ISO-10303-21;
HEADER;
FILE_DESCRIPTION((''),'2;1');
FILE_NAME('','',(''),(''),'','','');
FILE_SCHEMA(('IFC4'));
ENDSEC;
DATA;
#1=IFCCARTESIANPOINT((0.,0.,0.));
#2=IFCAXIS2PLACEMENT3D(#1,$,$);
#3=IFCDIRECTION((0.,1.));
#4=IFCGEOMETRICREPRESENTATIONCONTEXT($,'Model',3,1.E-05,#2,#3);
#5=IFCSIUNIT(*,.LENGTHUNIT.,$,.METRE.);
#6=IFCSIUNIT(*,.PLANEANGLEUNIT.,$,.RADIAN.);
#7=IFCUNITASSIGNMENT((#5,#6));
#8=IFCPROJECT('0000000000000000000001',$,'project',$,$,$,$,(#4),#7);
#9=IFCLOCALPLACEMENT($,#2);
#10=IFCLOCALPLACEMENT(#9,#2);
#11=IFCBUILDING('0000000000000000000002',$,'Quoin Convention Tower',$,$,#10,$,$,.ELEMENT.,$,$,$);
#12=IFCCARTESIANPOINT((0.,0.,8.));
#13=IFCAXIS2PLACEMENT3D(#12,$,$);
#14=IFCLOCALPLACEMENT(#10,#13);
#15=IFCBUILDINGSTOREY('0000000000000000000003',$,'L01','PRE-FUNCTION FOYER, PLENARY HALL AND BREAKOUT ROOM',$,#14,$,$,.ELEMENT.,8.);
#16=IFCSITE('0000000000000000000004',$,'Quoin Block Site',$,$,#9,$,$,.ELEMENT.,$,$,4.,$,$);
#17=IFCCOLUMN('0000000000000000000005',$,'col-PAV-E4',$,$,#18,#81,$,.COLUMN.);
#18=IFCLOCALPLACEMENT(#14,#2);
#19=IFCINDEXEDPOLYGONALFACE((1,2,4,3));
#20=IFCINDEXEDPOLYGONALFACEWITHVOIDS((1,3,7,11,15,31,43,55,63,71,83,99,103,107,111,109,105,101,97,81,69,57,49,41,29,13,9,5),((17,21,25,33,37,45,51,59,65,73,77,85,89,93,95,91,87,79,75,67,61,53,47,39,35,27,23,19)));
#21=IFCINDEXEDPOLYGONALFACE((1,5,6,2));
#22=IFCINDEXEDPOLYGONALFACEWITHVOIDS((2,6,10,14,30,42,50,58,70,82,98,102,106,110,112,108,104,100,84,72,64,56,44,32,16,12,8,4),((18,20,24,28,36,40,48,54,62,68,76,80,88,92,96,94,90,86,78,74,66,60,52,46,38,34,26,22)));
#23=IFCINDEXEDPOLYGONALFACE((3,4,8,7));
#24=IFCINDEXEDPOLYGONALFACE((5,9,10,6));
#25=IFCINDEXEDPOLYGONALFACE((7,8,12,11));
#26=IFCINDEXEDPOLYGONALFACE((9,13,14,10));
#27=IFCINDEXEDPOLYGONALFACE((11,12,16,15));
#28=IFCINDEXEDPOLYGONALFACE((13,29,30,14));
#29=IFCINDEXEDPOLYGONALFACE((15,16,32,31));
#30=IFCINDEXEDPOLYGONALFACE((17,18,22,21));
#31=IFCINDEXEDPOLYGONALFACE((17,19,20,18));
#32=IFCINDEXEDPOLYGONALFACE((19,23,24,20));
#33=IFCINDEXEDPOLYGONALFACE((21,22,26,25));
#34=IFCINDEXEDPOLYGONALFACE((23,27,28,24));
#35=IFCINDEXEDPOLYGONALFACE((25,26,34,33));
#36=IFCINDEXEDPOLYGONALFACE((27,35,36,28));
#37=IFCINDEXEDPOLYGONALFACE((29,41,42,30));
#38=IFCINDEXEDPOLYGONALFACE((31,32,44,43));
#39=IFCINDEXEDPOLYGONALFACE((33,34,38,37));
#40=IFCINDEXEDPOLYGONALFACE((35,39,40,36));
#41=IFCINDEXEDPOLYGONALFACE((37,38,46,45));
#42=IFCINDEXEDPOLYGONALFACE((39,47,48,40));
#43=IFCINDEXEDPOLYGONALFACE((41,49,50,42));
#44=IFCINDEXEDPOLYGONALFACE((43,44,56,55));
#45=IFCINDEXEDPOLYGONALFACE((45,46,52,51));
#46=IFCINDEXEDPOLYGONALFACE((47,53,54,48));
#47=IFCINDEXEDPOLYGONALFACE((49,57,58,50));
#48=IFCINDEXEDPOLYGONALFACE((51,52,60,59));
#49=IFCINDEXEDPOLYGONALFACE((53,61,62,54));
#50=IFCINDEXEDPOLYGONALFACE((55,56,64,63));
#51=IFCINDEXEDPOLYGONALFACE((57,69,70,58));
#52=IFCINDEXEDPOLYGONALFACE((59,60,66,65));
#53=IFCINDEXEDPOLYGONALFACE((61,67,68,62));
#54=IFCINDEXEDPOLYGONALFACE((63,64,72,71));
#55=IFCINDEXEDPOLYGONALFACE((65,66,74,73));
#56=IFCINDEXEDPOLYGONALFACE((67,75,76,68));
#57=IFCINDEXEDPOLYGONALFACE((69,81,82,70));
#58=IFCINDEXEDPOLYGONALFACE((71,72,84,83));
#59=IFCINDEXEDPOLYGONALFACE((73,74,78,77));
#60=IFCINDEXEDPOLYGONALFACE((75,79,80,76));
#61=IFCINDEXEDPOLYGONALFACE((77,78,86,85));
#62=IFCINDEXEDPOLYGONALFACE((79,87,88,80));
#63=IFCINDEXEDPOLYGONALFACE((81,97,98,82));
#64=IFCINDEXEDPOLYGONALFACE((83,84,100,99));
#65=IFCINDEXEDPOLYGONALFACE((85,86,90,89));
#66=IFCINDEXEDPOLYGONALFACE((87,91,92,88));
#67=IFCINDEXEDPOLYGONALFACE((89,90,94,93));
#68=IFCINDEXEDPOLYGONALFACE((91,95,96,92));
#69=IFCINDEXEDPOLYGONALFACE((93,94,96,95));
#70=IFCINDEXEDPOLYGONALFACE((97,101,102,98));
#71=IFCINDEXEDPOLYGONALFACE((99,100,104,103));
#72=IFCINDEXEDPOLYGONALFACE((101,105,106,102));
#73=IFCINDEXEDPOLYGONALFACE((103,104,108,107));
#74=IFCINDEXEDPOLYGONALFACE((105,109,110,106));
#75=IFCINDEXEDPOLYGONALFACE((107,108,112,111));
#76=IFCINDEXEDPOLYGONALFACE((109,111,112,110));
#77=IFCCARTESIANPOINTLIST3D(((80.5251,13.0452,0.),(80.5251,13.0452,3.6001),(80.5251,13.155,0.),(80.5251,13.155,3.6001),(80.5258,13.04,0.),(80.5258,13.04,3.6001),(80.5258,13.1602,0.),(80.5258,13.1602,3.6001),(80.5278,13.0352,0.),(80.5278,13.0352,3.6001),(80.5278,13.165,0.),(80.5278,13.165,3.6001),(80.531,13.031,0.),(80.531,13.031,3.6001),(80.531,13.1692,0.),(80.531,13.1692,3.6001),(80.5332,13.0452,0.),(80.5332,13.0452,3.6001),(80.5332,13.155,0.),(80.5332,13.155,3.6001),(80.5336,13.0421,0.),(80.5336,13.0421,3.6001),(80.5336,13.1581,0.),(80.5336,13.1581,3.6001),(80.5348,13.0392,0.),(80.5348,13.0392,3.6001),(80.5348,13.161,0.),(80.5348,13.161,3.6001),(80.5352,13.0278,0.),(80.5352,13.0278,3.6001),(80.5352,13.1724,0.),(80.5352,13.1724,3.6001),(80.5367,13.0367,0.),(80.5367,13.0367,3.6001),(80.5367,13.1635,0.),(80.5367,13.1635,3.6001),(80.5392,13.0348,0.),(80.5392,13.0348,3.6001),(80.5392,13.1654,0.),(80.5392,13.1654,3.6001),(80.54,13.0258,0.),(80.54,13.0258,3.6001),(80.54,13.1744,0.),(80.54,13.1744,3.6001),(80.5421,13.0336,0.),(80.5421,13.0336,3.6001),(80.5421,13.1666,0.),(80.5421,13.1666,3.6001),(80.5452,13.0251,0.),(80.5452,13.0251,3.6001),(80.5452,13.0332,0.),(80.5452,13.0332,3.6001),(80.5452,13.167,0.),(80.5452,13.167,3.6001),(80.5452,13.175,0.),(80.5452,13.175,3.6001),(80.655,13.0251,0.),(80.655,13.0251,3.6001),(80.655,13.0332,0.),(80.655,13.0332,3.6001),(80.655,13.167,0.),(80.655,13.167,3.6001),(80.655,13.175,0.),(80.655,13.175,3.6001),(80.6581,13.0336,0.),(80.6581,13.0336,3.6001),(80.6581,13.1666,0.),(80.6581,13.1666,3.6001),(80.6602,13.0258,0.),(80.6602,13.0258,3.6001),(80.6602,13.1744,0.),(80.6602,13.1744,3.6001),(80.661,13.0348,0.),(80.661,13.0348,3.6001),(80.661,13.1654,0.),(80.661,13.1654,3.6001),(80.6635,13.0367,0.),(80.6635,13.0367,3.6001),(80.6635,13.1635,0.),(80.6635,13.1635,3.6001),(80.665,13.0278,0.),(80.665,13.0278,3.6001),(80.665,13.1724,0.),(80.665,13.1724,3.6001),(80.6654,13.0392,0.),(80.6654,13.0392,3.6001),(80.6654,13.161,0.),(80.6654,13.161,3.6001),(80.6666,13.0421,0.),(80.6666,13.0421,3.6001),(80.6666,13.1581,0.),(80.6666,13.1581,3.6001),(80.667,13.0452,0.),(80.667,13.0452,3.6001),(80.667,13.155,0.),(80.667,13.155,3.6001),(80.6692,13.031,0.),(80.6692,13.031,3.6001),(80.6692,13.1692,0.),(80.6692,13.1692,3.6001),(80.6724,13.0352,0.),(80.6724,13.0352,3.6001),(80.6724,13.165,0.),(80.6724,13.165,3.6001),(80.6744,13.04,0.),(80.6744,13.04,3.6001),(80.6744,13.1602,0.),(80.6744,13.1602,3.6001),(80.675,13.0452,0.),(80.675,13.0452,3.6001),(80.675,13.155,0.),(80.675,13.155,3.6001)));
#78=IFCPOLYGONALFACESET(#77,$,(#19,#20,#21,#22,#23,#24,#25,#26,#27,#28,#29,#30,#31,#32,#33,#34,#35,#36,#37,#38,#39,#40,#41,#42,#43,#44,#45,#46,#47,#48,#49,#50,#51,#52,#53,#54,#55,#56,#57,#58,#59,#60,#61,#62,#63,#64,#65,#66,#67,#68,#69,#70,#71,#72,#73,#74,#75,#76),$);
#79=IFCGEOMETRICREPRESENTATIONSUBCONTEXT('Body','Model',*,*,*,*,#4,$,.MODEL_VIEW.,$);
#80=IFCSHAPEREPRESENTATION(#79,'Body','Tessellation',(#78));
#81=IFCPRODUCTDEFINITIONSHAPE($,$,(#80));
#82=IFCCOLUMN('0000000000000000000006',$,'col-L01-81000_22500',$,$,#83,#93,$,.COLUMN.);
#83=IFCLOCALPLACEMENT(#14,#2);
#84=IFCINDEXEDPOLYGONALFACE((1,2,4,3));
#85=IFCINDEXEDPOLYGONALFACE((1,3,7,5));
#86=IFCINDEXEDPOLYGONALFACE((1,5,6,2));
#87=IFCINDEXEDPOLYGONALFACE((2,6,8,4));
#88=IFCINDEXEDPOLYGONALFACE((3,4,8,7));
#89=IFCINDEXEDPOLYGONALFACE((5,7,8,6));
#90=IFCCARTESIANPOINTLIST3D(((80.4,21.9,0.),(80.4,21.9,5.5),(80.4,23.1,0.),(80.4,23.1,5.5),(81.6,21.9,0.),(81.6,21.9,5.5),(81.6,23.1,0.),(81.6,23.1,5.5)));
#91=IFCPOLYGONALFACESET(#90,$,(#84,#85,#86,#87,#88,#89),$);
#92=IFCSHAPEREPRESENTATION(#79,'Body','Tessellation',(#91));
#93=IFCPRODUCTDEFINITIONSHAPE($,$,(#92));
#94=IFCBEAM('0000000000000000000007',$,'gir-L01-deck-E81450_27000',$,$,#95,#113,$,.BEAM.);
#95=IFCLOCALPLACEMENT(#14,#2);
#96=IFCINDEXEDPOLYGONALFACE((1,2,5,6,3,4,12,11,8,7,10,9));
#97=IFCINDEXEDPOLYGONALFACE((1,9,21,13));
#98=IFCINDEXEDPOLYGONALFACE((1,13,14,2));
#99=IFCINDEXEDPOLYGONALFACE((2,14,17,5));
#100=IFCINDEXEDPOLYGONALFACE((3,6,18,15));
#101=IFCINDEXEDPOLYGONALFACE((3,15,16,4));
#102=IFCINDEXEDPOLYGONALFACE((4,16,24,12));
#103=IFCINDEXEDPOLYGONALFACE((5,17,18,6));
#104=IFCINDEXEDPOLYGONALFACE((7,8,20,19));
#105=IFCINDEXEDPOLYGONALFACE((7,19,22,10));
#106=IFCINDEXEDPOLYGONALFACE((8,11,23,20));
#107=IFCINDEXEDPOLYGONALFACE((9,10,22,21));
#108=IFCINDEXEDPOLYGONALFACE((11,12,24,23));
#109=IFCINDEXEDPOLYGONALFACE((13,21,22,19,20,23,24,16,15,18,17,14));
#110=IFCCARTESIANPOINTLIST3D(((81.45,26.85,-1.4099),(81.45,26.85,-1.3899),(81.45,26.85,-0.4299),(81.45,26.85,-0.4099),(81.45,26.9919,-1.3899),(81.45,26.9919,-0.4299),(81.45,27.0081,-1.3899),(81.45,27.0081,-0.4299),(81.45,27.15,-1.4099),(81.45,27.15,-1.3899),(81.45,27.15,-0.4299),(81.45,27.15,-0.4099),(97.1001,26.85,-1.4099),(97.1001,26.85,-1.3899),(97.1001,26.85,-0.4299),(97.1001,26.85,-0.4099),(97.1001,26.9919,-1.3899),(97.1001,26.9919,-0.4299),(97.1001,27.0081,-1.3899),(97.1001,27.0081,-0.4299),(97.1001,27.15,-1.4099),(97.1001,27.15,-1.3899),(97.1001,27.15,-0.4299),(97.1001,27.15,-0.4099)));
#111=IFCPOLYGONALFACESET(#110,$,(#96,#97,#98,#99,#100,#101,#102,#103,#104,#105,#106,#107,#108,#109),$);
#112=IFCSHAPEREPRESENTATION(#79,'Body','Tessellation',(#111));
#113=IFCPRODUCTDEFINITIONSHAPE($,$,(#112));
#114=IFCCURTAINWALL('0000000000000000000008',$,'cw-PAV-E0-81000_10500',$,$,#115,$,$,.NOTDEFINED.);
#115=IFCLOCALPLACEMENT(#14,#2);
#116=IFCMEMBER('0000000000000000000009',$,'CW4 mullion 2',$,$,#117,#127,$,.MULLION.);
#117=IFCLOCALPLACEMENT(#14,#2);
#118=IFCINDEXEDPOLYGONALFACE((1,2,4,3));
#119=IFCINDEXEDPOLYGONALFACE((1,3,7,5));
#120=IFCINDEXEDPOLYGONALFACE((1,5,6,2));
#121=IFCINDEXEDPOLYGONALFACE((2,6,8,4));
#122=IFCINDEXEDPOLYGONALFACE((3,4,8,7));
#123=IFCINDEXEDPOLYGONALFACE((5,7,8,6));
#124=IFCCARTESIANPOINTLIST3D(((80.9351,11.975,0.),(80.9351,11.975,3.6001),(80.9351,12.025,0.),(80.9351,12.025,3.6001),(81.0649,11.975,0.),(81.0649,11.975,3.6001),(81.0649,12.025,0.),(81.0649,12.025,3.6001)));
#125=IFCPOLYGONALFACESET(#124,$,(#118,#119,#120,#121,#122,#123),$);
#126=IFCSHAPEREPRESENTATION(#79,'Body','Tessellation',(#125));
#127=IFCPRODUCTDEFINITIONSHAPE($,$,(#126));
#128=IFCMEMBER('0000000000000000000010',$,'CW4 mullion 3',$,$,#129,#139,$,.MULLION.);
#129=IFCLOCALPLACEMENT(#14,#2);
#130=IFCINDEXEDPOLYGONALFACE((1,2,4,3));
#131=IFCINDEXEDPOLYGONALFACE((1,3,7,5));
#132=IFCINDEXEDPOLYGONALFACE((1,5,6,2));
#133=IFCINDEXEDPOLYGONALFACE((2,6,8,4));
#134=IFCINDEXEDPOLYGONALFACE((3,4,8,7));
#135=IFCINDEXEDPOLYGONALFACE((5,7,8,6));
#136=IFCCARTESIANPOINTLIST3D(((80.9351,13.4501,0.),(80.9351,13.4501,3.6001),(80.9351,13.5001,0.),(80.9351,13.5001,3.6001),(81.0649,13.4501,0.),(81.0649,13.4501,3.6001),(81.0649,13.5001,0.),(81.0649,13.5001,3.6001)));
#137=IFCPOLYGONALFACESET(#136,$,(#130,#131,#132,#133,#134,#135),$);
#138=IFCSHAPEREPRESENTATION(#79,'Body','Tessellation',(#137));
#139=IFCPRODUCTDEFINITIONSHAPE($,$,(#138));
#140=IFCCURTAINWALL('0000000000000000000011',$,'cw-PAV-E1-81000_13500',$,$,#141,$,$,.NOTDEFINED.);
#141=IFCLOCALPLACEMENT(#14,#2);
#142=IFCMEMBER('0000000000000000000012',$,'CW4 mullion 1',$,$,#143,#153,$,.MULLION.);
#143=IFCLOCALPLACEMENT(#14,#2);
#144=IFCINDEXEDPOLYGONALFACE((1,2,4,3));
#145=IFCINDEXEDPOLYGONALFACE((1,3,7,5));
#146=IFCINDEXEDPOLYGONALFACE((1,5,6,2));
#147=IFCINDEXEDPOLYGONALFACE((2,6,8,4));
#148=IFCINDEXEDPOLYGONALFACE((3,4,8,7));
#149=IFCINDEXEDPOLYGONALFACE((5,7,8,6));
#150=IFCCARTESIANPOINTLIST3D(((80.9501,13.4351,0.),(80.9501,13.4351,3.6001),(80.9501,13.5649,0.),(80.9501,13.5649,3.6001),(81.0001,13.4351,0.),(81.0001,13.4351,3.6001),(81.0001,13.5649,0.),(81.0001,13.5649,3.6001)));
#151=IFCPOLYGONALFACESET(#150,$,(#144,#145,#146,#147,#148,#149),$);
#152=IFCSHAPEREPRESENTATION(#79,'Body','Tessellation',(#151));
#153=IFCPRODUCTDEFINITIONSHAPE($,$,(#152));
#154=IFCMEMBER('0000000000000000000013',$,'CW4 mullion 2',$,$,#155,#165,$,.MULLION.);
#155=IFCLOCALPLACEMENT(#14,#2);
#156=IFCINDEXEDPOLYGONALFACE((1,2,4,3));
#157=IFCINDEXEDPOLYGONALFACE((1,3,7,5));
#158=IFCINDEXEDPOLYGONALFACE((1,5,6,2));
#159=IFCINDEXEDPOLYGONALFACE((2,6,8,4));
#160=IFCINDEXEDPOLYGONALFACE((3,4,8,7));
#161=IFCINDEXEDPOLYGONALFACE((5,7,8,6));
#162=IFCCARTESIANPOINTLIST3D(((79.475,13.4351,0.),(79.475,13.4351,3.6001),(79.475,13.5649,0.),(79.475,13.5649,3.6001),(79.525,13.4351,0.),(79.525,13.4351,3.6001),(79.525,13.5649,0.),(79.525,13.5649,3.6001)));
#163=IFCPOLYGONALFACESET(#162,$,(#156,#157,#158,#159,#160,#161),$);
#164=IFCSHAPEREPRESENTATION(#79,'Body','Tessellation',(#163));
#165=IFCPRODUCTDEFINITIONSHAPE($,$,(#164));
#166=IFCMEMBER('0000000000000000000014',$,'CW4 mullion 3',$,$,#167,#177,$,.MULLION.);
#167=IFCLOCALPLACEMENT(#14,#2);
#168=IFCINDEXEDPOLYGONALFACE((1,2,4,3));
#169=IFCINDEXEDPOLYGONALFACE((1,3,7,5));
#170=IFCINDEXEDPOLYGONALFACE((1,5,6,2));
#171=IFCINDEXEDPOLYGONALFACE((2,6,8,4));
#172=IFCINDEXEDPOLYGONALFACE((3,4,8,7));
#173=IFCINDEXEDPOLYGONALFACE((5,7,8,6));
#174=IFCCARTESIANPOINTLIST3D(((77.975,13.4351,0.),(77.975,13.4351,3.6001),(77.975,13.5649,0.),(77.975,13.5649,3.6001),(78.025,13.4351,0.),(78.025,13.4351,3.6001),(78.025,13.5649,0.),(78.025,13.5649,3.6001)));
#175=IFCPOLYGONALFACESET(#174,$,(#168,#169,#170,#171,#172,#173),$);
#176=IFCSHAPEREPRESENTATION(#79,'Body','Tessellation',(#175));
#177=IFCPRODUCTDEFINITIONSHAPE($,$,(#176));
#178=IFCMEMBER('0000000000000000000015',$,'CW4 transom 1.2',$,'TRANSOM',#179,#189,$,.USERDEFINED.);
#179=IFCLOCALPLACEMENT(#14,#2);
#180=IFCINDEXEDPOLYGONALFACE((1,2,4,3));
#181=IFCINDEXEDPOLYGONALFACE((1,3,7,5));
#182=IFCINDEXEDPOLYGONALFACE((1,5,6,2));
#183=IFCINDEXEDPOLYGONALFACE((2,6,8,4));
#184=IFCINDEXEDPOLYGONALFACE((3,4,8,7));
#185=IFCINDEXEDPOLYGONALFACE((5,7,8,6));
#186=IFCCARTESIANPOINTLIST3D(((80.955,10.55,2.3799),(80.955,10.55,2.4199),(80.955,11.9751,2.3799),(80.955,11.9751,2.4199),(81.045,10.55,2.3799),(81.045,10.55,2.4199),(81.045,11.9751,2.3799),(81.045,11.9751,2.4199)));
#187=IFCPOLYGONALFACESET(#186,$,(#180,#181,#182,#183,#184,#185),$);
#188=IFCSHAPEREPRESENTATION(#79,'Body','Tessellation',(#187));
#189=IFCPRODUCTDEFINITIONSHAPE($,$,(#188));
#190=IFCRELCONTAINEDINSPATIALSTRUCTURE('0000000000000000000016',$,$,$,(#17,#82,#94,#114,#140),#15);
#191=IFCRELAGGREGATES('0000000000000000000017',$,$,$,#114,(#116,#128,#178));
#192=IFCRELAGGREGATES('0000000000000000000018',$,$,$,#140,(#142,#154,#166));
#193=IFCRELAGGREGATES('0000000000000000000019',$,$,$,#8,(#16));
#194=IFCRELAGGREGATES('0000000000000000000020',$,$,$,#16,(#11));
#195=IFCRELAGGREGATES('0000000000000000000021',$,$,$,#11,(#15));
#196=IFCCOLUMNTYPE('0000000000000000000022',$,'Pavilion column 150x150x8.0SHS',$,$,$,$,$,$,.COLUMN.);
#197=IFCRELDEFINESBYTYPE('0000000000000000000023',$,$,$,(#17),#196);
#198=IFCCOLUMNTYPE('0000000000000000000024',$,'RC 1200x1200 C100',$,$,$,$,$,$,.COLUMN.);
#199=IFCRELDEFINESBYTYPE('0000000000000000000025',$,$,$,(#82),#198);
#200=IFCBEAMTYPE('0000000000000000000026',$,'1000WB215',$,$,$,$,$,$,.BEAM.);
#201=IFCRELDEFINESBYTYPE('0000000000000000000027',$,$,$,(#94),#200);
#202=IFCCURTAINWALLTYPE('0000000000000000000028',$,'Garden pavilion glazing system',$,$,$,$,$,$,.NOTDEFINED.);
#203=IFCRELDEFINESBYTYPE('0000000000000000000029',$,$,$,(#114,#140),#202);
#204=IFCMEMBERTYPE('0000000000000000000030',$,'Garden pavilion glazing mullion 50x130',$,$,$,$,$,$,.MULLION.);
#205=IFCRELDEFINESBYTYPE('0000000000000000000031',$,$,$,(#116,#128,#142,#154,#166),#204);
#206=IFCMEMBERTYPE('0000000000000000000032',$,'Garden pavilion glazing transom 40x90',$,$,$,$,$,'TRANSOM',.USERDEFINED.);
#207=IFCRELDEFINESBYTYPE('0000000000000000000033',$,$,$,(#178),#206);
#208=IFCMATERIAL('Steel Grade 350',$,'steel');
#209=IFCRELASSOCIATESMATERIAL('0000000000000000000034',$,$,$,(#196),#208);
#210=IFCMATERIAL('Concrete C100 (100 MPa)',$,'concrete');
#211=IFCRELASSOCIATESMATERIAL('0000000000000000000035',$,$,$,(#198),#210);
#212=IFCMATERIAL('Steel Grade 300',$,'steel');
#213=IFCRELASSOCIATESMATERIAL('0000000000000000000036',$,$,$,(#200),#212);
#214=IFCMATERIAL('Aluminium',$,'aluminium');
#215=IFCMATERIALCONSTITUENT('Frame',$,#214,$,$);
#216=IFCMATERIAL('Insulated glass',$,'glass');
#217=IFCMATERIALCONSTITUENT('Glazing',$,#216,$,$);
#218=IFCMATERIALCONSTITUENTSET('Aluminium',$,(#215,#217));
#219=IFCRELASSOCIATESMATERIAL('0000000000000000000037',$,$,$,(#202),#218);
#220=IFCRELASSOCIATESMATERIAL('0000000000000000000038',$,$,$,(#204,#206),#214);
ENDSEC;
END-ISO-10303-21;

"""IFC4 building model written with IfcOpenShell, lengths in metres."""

from ifc_helpers import new_model, si_unit, direction, frame, origin, origin_2d, place, context, subcontext, project, spatial, rectangle, hollow_rectangle, i_section, extrude, material, constituent, constituent_set, material_profile, profile_set, type_object, element, aggregate, save


model = new_model("IFC4")

# Units and contexts
model_context = context("Model", 3, precision=1e-05, world=origin(), true_north=direction((0.0, 1.0)))
body_context = subcontext(model_context, "Body", "Model", "MODEL_VIEW")
ifc_project = project(units=[si_unit("LENGTHUNIT", "METRE"), si_unit("PLANEANGLEUNIT", "RADIAN")], contexts=[model_context])

# Site, building, storey
site_placement = place(None, origin())
site = spatial("IfcSite", under=ifc_project, at=site_placement, Name="Quoin Block Site", CompositionType="ELEMENT", RefElevation=4.0)
building_placement = place(site_placement, origin())
building = spatial("IfcBuilding", under=site, at=building_placement, Name="Quoin Convention Tower", CompositionType="ELEMENT")
storey_placement = place(building_placement, frame((0.0, 0.0, 8.0)))
storey = spatial("IfcBuildingStorey", under=building, at=storey_placement, Name="L01", Description="PRE-FUNCTION FOYER, PLENARY HALL AND BREAKOUT ROOM", CompositionType="ELEMENT", Elevation=8.0)

# Columns
ifc_material_1 = material(Name="Steel Grade 350", Category="steel")
ifc_material_profile_1 = material_profile(ifc_material_1, hollow_rectangle(XDim=0.1499, YDim=0.1499, WallThickness=0.0081, InnerFilletRadius=0.012, OuterFilletRadius=0.02, at=origin_2d()), Name="150x150x8.0SHS")
ifc_profile_set_1 = profile_set([ifc_material_profile_1], Name="Steel Grade 350")
column_type_1 = type_object("IfcColumnType", Name="Pavilion column 150x150x8.0SHS", PredefinedType="COLUMN", material=ifc_profile_set_1)
column_1_placement = place(storey_placement, frame((80.6001, 13.1001, 0.0), z_axis=(0.0, 0.0, 1.0), x_axis=(1.0, 0.0, 0.0)))
element("IfcColumn", 1, at=column_1_placement, inside=storey, type_object=column_type_1, Name="col-PAV-E4", PredefinedType="COLUMN", context=body_context, shape_type="SweptSolid", body=[
    extrude(hollow_rectangle(XDim=0.1499, YDim=0.1499, WallThickness=0.0081, InnerFilletRadius=0.012, OuterFilletRadius=0.02, at=origin_2d()), origin(), (0.0, 0.0, 1.0), 3.6001),
])
ifc_material_2 = material(Name="Concrete C100 (100 MPa)", Category="concrete")
ifc_material_profile_2 = material_profile(ifc_material_2, rectangle(XDim=1.2, YDim=1.2, at=origin_2d()), Name="RC 1200x1200")
ifc_profile_set_2 = profile_set([ifc_material_profile_2], Name="Concrete C100 (100 MPa)")
column_type_2 = type_object("IfcColumnType", Name="RC 1200x1200 C100", PredefinedType="COLUMN", material=ifc_profile_set_2)
column_2_placement = place(storey_placement, frame((81.0, 22.5, 0.0), z_axis=(0.0, 0.0, 1.0), x_axis=(1.0, 0.0, 0.0)))
element("IfcColumn", 2, at=column_2_placement, inside=storey, type_object=column_type_2, Name="col-L01-81000_22500", PredefinedType="COLUMN", context=body_context, shape_type="SweptSolid", body=[
    extrude(rectangle(XDim=1.2, YDim=1.2, at=origin_2d()), origin(), (0.0, 0.0, 1.0), 5.5),
])

# Beam
ifc_material_3 = material(Name="Steel Grade 300", Category="steel")
ifc_material_profile_3 = material_profile(ifc_material_3, i_section(OverallWidth=0.3, OverallDepth=1.0, WebThickness=0.0161, FlangeThickness=0.02, at=origin_2d()), Name="1000WB215")
ifc_profile_set_3 = profile_set([ifc_material_profile_3], Name="Steel Grade 300")
beam_type_1 = type_object("IfcBeamType", Name="1000WB215", PredefinedType="BEAM", material=ifc_profile_set_3)
beam_1_placement = place(storey_placement, frame((81.45, 27.0, -0.9099), z_axis=(1.0, 0.0, 0.0), x_axis=(0.0, 1.0, 0.0)))
element("IfcBeam", 3, at=beam_1_placement, inside=storey, type_object=beam_type_1, Name="gir-L01-deck-E81450_27000", PredefinedType="BEAM", context=body_context, shape_type="SweptSolid", body=[
    extrude(i_section(OverallWidth=0.3, OverallDepth=1.0, WebThickness=0.0161, FlangeThickness=0.02, at=origin_2d()), origin(), (0.0, 0.0, 1.0), 15.6501),
])

# Curtain walls, members
ifc_material_4 = material(Name="Aluminium", Category="aluminium")
ifc_constituent_1 = constituent(ifc_material_4, Name="Frame")
ifc_material_5 = material(Name="Insulated glass", Category="glass")
ifc_constituent_2 = constituent(ifc_material_5, Name="Glazing")
ifc_constituent_set_1 = constituent_set(constituents=[ifc_constituent_1, ifc_constituent_2], Name="Aluminium")
curtain_wall_type = type_object("IfcCurtainWallType", Name="Garden pavilion glazing system", PredefinedType="NOTDEFINED", material=ifc_constituent_set_1)
curtain_wall_1_placement = place(storey_placement, origin())
curtain_wall_1 = element("IfcCurtainWall", 4, at=curtain_wall_1_placement, inside=storey, type_object=curtain_wall_type, Name="cw-PAV-E0-81000_10500", PredefinedType="NOTDEFINED")
ifc_material_profile_4 = material_profile(ifc_material_4, rectangle(XDim=0.1299, YDim=0.05, at=origin_2d()), Name="Garden pavilion glazing mullion 50x130")
ifc_profile_set_4 = profile_set([ifc_material_profile_4], Name="Aluminium")
member_type_1 = type_object("IfcMemberType", Name="Garden pavilion glazing mullion 50x130", PredefinedType="MULLION", material=ifc_profile_set_4)
member_1_placement = place(storey_placement, frame((81.0, 12.0, 0.0), z_axis=(0.0, 0.0, 1.0), x_axis=(-1.0, 0.0, 0.0)))
member_1 = element("IfcMember", 5, at=member_1_placement, type_object=member_type_1, Name="CW4 mullion 2", PredefinedType="MULLION", context=body_context, shape_type="SweptSolid", body=[
    extrude(rectangle(XDim=0.1299, YDim=0.05, at=origin_2d()), origin(), (0.0, 0.0, 1.0), 3.6001),
])
member_2_placement = place(storey_placement, frame((81.0, 13.4751, 0.0), z_axis=(0.0, 0.0, 1.0), x_axis=(-1.0, 0.0, 0.0)))
member_2 = element("IfcMember", 6, at=member_2_placement, type_object=member_type_1, Name="CW4 mullion 3", PredefinedType="MULLION", context=body_context, shape_type="SweptSolid", body=[
    extrude(rectangle(XDim=0.1299, YDim=0.05, at=origin_2d()), origin(), (0.0, 0.0, 1.0), 3.6001),
])
curtain_wall_2_placement = place(storey_placement, origin())
curtain_wall_2 = element("IfcCurtainWall", 7, at=curtain_wall_2_placement, inside=storey, type_object=curtain_wall_type, Name="cw-PAV-E1-81000_13500", PredefinedType="NOTDEFINED")
member_3_placement = place(storey_placement, frame((80.9751, 13.5, 0.0), z_axis=(0.0, 0.0, 1.0), x_axis=(0.0, -1.0, 0.0)))
member_3 = element("IfcMember", 8, at=member_3_placement, type_object=member_type_1, Name="CW4 mullion 1", PredefinedType="MULLION", context=body_context, shape_type="SweptSolid", body=[
    extrude(rectangle(XDim=0.1299, YDim=0.05, at=origin_2d()), origin(), (0.0, 0.0, 1.0), 3.6001),
])
member_4_placement = place(storey_placement, frame((79.5, 13.5, 0.0), z_axis=(0.0, 0.0, 1.0), x_axis=(0.0, -1.0, 0.0)))
member_4 = element("IfcMember", 9, at=member_4_placement, type_object=member_type_1, Name="CW4 mullion 2", PredefinedType="MULLION", context=body_context, shape_type="SweptSolid", body=[
    extrude(rectangle(XDim=0.1299, YDim=0.05, at=origin_2d()), origin(), (0.0, 0.0, 1.0), 3.6001),
])
member_5_placement = place(storey_placement, frame((78.0, 13.5, 0.0), z_axis=(0.0, 0.0, 1.0), x_axis=(0.0, -1.0, 0.0)))
member_5 = element("IfcMember", 10, at=member_5_placement, type_object=member_type_1, Name="CW4 mullion 3", PredefinedType="MULLION", context=body_context, shape_type="SweptSolid", body=[
    extrude(rectangle(XDim=0.1299, YDim=0.05, at=origin_2d()), origin(), (0.0, 0.0, 1.0), 3.6001),
])

# Member
ifc_material_profile_5 = material_profile(ifc_material_4, rectangle(XDim=0.0901, YDim=0.04, at=origin_2d()), Name="Garden pavilion glazing transom 40x90")
ifc_profile_set_5 = profile_set([ifc_material_profile_5], Name="Aluminium")
member_type_2 = type_object("IfcMemberType", Name="Garden pavilion glazing transom 40x90", ElementType="TRANSOM", PredefinedType="USERDEFINED", material=ifc_profile_set_5)
member_6_placement = place(storey_placement, frame((81.0, 10.55, 2.3999), z_axis=(0.0, 1.0, 0.0), x_axis=(-1.0, 0.0, 0.0)))
member_6 = element("IfcMember", 11, at=member_6_placement, type_object=member_type_2, Name="CW4 transom 1.2", ObjectType="TRANSOM", PredefinedType="USERDEFINED", context=body_context, shape_type="SweptSolid", body=[
    extrude(rectangle(XDim=0.0901, YDim=0.04, at=origin_2d()), origin(), (0.0, 0.0, 1.0), 1.425),
])

aggregate(curtain_wall_1, [member_1, member_2, member_6])
aggregate(curtain_wall_2, [member_3, member_4, member_5])

save(model, "model.ifc")
